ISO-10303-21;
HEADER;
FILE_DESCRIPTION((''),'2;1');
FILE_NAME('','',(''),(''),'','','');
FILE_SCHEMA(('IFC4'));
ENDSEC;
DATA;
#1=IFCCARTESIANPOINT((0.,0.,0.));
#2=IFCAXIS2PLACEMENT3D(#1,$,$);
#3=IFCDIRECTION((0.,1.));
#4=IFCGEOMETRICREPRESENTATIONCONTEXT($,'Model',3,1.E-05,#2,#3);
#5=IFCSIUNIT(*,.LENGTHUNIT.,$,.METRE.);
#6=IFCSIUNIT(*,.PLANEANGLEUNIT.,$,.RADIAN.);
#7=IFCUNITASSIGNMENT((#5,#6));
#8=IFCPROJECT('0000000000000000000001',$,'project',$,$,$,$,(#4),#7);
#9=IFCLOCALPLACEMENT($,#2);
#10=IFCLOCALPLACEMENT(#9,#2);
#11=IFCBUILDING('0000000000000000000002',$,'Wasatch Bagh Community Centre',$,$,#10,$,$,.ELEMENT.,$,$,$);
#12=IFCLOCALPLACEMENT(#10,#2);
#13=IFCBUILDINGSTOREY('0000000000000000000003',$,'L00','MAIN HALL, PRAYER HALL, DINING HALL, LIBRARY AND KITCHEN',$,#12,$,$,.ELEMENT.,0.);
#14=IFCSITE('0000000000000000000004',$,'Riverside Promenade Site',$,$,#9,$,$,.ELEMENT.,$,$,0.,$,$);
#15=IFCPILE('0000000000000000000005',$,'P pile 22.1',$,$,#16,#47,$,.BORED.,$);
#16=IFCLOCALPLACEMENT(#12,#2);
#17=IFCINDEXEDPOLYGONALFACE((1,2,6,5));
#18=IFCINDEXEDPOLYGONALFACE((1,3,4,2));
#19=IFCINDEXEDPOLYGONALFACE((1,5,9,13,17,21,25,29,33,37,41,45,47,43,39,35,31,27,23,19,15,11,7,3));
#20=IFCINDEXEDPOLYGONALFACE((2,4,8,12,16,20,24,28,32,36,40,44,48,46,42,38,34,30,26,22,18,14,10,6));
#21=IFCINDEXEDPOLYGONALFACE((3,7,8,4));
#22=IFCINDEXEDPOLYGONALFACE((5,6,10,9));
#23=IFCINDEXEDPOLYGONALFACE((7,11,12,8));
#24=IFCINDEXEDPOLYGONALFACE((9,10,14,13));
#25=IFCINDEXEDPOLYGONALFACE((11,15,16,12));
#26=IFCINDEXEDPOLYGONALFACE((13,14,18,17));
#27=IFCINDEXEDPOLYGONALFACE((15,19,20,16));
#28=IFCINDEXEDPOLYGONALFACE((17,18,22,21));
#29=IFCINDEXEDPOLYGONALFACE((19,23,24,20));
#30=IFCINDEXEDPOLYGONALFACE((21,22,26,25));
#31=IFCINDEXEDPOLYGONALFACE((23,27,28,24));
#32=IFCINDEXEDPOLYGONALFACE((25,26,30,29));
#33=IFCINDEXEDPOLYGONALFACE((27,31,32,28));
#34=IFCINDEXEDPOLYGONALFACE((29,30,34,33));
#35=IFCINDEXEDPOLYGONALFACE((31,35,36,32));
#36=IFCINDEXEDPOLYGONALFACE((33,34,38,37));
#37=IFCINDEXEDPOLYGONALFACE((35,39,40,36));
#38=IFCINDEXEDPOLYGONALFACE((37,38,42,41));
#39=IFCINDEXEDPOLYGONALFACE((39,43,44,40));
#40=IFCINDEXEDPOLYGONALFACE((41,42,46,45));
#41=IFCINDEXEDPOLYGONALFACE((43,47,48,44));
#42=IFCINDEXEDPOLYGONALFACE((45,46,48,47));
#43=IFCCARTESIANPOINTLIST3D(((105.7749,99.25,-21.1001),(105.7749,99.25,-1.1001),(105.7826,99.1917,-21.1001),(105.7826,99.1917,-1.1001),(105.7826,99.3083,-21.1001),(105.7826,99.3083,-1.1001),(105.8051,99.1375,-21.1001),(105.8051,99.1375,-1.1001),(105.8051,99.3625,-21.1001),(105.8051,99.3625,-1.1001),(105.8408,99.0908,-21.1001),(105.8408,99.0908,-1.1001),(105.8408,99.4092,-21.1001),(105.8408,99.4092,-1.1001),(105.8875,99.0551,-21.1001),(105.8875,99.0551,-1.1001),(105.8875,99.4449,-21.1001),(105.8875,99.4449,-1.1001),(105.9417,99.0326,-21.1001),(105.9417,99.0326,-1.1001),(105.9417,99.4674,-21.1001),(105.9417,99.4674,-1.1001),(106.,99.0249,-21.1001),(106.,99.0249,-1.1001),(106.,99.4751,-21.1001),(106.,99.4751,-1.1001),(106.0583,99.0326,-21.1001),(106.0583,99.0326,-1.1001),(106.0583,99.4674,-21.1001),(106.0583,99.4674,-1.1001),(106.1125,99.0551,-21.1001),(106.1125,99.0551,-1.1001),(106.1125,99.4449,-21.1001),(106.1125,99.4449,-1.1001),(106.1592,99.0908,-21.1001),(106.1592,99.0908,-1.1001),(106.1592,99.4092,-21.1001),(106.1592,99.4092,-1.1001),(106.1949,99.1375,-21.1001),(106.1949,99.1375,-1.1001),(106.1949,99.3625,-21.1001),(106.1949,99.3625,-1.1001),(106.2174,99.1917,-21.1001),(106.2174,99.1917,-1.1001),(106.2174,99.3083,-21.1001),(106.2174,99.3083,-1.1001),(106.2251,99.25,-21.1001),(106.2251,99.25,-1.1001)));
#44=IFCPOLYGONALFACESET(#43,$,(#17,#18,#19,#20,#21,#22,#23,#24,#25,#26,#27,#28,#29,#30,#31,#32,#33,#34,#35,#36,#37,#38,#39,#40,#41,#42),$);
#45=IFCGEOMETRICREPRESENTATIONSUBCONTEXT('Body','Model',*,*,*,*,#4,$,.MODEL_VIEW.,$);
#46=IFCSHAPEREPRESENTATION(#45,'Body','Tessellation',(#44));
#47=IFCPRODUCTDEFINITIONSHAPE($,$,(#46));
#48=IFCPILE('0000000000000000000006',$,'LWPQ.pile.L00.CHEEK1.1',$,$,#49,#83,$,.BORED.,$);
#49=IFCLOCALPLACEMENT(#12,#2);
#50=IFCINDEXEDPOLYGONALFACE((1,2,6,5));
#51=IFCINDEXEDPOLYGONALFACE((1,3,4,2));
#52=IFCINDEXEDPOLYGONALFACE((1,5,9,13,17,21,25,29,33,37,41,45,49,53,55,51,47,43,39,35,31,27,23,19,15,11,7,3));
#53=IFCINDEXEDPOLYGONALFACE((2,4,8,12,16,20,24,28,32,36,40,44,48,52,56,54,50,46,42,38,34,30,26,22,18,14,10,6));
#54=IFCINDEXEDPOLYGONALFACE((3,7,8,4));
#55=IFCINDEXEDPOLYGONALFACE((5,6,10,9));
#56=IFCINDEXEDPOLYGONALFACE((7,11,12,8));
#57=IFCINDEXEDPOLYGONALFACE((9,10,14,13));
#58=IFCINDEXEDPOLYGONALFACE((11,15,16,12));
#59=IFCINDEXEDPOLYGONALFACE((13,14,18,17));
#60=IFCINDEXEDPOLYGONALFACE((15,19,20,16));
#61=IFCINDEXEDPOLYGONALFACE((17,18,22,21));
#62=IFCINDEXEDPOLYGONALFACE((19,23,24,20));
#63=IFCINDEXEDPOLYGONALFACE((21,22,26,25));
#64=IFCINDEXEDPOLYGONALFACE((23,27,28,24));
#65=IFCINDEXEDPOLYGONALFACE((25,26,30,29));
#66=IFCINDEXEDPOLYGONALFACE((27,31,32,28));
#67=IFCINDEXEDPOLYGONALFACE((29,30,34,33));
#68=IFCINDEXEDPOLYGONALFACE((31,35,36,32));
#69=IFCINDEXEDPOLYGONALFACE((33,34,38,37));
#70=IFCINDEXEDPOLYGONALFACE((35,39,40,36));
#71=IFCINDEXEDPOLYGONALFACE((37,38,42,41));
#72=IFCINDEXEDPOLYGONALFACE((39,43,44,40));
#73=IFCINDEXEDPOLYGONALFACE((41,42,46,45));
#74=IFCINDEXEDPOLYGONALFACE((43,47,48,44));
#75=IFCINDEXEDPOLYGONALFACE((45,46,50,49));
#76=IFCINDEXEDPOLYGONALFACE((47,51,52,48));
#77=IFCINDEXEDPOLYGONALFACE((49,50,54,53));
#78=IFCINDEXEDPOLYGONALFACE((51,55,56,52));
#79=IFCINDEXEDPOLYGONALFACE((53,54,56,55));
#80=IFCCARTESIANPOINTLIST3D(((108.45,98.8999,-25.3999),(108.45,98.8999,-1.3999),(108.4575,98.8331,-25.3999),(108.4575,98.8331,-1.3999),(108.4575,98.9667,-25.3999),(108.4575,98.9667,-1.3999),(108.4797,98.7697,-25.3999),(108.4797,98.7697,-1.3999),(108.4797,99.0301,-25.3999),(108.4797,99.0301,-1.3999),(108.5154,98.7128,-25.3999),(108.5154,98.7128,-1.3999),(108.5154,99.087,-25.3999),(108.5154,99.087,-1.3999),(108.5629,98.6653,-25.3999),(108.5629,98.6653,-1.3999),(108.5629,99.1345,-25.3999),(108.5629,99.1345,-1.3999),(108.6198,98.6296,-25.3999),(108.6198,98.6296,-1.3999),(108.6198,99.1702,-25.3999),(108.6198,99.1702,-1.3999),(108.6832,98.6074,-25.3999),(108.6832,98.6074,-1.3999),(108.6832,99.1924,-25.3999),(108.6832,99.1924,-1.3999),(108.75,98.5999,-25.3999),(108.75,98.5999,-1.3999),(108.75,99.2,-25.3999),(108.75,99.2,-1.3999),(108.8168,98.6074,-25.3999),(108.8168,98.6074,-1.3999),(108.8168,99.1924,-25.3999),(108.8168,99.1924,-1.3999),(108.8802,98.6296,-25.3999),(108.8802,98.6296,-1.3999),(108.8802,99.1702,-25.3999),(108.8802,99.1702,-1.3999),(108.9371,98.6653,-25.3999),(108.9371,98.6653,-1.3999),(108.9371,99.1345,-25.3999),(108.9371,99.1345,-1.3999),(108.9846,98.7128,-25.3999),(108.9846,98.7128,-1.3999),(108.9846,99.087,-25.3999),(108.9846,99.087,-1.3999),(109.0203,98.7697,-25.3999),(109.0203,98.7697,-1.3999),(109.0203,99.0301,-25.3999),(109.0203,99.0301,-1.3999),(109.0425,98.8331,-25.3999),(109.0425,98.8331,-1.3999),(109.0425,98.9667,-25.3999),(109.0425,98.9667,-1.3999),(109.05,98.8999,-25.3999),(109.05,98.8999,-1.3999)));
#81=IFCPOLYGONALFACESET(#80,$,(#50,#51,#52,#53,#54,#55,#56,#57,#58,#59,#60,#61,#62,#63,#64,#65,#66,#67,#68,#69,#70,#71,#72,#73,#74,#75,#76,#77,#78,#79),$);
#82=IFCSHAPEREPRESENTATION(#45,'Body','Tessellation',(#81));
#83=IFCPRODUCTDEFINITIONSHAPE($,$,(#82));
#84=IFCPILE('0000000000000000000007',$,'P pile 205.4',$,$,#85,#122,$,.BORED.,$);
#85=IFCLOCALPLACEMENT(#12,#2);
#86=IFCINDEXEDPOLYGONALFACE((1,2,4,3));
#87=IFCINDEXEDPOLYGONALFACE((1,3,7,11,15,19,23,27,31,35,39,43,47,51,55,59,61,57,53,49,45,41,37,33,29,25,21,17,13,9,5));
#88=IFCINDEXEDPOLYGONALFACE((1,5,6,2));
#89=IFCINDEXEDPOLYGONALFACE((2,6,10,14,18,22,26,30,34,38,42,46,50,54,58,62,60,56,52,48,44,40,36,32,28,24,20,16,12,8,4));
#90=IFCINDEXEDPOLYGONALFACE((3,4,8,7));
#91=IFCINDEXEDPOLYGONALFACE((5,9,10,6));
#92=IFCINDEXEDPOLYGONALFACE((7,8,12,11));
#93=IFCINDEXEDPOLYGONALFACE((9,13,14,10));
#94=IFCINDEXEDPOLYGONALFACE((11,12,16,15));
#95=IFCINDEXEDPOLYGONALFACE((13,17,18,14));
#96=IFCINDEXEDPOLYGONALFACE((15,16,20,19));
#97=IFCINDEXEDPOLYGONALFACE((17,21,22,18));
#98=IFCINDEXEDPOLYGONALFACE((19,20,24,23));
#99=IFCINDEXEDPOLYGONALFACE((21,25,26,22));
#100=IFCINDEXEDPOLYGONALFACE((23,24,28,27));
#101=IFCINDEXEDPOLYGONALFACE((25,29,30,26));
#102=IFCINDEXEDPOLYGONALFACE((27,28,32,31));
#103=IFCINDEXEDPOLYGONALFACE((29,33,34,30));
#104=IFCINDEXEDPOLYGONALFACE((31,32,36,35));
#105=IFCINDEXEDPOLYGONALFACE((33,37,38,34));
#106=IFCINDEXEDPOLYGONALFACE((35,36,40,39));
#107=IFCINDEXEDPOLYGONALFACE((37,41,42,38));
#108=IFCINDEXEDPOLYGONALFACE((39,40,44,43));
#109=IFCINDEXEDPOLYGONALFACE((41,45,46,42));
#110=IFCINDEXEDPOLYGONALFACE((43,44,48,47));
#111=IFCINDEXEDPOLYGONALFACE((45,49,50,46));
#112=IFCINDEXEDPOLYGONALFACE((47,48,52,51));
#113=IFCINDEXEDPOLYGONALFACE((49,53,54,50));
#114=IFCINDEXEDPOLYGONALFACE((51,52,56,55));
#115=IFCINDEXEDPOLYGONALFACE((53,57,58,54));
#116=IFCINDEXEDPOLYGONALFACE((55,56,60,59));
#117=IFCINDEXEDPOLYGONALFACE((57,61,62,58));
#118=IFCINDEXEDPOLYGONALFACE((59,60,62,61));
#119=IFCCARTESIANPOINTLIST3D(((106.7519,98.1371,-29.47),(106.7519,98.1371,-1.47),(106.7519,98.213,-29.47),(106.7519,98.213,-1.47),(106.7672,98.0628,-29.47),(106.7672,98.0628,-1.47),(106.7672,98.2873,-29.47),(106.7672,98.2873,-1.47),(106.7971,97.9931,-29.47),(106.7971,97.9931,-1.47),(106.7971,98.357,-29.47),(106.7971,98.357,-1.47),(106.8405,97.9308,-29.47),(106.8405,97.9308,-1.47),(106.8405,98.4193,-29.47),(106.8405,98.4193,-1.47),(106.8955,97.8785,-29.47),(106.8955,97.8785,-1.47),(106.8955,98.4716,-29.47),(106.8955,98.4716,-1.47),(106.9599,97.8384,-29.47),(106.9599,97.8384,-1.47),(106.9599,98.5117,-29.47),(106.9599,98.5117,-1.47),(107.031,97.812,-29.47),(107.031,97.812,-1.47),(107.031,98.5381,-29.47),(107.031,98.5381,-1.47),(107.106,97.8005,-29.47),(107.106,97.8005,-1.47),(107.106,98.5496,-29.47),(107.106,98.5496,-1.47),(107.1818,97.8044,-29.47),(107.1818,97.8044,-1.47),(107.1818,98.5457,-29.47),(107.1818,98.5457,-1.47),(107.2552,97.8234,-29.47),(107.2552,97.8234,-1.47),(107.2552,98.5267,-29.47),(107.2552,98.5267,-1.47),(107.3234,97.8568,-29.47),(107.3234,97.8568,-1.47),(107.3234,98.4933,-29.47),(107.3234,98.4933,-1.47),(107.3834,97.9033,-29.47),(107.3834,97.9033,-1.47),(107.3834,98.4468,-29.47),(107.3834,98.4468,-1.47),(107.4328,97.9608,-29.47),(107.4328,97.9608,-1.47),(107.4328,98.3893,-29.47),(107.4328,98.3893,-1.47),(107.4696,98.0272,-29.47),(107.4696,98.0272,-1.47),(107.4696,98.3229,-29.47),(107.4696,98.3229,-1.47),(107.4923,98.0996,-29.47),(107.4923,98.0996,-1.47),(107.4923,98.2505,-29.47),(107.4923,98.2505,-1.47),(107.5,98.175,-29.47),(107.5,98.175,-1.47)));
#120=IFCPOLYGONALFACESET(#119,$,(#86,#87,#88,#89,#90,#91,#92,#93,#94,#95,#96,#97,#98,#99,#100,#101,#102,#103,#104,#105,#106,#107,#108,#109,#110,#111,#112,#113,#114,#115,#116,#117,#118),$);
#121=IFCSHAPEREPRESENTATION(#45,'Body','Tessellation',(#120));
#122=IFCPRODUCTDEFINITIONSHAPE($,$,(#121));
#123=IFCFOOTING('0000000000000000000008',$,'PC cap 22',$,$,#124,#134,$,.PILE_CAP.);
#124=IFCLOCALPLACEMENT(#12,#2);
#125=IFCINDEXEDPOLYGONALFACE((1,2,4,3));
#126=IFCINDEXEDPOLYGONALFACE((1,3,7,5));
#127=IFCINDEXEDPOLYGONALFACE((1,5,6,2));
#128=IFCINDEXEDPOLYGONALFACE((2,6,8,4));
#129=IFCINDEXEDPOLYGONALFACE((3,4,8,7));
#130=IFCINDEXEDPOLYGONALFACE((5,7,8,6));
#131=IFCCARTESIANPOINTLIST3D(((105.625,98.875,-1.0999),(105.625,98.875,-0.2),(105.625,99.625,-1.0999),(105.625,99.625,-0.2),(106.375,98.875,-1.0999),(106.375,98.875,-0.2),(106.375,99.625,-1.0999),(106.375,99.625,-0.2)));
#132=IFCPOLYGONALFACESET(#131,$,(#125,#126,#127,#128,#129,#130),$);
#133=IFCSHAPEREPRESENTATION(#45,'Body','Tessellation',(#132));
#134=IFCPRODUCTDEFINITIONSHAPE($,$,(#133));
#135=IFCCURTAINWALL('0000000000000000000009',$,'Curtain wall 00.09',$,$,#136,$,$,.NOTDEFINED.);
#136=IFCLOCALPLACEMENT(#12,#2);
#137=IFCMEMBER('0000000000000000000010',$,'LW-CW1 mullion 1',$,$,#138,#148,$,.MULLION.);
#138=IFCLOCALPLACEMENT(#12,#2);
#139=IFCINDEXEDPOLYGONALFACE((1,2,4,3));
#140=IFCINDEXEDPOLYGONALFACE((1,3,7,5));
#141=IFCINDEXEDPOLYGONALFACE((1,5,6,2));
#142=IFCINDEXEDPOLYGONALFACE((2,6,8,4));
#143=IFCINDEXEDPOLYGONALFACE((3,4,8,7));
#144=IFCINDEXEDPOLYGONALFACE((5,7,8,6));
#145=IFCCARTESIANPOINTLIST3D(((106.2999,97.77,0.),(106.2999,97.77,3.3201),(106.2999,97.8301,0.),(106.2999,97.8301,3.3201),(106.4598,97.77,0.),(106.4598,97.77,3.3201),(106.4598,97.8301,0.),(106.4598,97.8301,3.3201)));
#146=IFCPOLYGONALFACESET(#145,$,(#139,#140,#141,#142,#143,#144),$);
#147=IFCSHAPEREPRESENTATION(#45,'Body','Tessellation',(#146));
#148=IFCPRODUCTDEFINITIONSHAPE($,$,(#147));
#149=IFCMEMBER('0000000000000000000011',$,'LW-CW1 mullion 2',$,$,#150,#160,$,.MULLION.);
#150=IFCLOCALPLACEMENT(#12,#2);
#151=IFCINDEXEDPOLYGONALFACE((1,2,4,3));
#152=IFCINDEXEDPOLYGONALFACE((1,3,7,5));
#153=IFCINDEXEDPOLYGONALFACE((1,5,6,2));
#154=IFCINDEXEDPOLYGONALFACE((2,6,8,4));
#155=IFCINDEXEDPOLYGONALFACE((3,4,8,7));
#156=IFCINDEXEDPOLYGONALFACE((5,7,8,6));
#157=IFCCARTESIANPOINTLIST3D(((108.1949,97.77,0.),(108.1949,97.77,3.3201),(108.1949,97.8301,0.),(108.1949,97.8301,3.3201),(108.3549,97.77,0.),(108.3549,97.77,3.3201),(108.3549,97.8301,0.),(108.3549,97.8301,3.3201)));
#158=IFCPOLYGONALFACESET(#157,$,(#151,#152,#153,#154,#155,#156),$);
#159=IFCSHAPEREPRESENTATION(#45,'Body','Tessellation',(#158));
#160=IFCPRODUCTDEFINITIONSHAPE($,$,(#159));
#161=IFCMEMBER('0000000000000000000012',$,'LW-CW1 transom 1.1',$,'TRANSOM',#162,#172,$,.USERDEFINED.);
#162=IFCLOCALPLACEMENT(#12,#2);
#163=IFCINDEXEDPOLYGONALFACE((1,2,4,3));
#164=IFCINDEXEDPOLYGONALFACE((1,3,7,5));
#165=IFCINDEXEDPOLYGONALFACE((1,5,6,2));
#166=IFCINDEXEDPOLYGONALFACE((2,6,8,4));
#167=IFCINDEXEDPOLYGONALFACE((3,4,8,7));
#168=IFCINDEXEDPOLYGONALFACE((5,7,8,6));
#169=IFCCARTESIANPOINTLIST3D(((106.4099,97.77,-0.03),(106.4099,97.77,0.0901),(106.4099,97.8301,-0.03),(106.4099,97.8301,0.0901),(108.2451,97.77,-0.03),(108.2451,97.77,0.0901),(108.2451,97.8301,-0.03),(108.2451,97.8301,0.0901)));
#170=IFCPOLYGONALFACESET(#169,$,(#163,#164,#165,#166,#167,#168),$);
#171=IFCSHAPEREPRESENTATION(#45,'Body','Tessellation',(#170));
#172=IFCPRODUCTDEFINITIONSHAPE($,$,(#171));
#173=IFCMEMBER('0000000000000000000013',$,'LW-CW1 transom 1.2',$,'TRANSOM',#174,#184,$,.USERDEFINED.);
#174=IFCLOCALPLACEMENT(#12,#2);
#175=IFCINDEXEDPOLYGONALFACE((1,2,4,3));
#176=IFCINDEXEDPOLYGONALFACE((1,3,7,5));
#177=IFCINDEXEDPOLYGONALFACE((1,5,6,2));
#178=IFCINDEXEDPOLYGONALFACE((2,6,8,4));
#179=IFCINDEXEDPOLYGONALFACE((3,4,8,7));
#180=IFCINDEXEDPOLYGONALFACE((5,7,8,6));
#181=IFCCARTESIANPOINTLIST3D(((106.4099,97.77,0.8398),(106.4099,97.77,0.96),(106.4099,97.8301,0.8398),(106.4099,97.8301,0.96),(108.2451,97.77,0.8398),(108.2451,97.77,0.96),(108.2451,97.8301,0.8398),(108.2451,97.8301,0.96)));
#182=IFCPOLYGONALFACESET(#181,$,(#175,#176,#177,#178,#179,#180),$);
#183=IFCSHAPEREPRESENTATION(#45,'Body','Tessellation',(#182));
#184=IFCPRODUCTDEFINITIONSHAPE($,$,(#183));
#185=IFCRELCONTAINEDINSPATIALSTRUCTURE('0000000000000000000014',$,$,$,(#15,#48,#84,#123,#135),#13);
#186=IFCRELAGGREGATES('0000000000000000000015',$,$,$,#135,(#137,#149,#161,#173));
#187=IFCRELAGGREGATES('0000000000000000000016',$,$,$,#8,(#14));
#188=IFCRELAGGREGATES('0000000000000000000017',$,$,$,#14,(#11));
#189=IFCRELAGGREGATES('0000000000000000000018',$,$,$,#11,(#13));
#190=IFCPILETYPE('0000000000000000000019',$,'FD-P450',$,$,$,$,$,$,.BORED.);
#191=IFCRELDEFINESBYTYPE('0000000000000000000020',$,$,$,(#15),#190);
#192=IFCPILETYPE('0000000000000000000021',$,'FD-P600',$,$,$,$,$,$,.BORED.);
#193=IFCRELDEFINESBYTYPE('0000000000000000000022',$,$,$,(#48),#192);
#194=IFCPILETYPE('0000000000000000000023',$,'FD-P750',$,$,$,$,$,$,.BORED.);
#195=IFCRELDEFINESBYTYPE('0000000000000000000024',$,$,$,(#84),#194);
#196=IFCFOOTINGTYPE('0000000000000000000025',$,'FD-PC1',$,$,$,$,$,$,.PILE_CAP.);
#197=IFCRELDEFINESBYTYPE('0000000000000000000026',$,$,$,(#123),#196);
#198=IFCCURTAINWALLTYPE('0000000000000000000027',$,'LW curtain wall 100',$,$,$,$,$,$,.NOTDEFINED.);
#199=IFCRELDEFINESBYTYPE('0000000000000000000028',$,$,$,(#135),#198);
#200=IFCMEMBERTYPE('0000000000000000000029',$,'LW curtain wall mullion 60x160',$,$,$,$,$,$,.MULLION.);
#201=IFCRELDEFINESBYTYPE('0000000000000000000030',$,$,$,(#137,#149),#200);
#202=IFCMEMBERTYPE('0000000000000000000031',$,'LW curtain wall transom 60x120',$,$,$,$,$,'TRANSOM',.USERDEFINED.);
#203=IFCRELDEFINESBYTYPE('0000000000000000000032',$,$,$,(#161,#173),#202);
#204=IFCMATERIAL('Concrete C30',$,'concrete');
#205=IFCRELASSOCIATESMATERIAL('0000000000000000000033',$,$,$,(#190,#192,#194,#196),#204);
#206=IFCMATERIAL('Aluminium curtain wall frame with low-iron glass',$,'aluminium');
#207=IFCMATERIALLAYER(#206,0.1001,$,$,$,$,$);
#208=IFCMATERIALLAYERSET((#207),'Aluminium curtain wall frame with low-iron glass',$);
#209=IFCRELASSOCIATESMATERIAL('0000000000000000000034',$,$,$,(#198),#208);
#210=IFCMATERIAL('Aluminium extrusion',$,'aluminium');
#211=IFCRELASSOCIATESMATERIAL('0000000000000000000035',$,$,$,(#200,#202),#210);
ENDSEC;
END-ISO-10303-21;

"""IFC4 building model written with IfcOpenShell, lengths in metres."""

from ifc_helpers import new_model, si_unit, direction, frame, origin, origin_2d, place, context, subcontext, project, spatial, rectangle, circle, extrude, material, layer, layer_set, material_profile, profile_set, type_object, element, aggregate, save


model = new_model("IFC4")

# Units and contexts
model_context = context("Model", 3, precision=1e-05, world=origin(), true_north=direction((0.0, 1.0)))
body_context = subcontext(model_context, "Body", "Model", "MODEL_VIEW")
ifc_project = project(units=[si_unit("LENGTHUNIT", "METRE"), si_unit("PLANEANGLEUNIT", "RADIAN")], contexts=[model_context])

# Site, building, storey
site_placement = place(None, origin())
site = spatial("IfcSite", under=ifc_project, at=site_placement, Name="Riverside Promenade Site", CompositionType="ELEMENT", RefElevation=0.0)
building_placement = place(site_placement, origin())
building = spatial("IfcBuilding", under=site, at=building_placement, Name="Wasatch Bagh Community Centre", CompositionType="ELEMENT")
storey_placement = place(building_placement, origin())
storey = spatial("IfcBuildingStorey", under=building, at=storey_placement, Name="L00", Description="MAIN HALL, PRAYER HALL, DINING HALL, LIBRARY AND KITCHEN", CompositionType="ELEMENT", Elevation=0.0)

# Piles
ifc_material_1 = material(Name="Concrete C30", Category="concrete")
ifc_material_profile_1 = material_profile(ifc_material_1, circle(Radius=0.2251, at=origin_2d()), Name="RC D450")
ifc_profile_set_1 = profile_set([ifc_material_profile_1], Name="Concrete C30")
pile_type_1 = type_object("IfcPileType", Name="FD-P450", PredefinedType="BORED", material=ifc_profile_set_1)
pile_1_placement = place(storey_placement, frame((106.0, 99.25, -1.1001), z_axis=(0.0, 0.0, -1.0), x_axis=(1.0, 0.0, 0.0)))
element("IfcPile", 1, at=pile_1_placement, inside=storey, type_object=pile_type_1, Name="P pile 22.1", PredefinedType="BORED", context=body_context, shape_type="SweptSolid", body=[
    extrude(circle(Radius=0.2251, at=origin_2d()), origin(), (0.0, 0.0, 1.0), 20.0),
])
ifc_material_profile_2 = material_profile(ifc_material_1, circle(Radius=0.3, at=origin_2d()), Name="RC D600")
ifc_profile_set_2 = profile_set([ifc_material_profile_2], Name="Concrete C30")
pile_type_2 = type_object("IfcPileType", Name="FD-P600", PredefinedType="BORED", material=ifc_profile_set_2)
pile_2_placement = place(storey_placement, frame((108.75, 98.8999, -1.3999), z_axis=(0.0, 0.0, -1.0), x_axis=(1.0, 0.0, 0.0)))
element("IfcPile", 2, at=pile_2_placement, inside=storey, type_object=pile_type_2, Name="LWPQ.pile.L00.CHEEK1.1", PredefinedType="BORED", context=body_context, shape_type="SweptSolid", body=[
    extrude(circle(Radius=0.3, at=origin_2d()), origin(), (0.0, 0.0, 1.0), 24.0),
])
ifc_material_profile_3 = material_profile(ifc_material_1, circle(Radius=0.375, at=origin_2d()), Name="RC D750")
ifc_profile_set_3 = profile_set([ifc_material_profile_3], Name="Concrete C30")
pile_type_3 = type_object("IfcPileType", Name="FD-P750", PredefinedType="BORED", material=ifc_profile_set_3)
pile_3_placement = place(storey_placement, frame((107.125, 98.175, -1.47), z_axis=(0.0, 0.0, -1.0), x_axis=(1.0, 0.0, 0.0)))
element("IfcPile", 3, at=pile_3_placement, inside=storey, type_object=pile_type_3, Name="P pile 205.4", PredefinedType="BORED", context=body_context, shape_type="SweptSolid", body=[
    extrude(circle(Radius=0.375, at=origin_2d()), origin(), (0.0, 0.0, 1.0), 28.0),
])

# Footing
footing_type = type_object("IfcFootingType", Name="FD-PC1", PredefinedType="PILE_CAP", material=ifc_material_1)
footing_placement = place(storey_placement, frame((106.0, 99.25, -1.0999), z_axis=(0.0, 0.0, 1.0), x_axis=(1.0, 0.0, 0.0)))
element("IfcFooting", 4, at=footing_placement, inside=storey, type_object=footing_type, Name="PC cap 22", PredefinedType="PILE_CAP", context=body_context, shape_type="SweptSolid", body=[
    extrude(rectangle(XDim=0.75, YDim=0.75, at=origin_2d()), origin(), (0.0, 0.0, 1.0), 0.8999),
])

# Curtain wall, members
ifc_material_2 = material(Name="Aluminium curtain wall frame with low-iron glass", Category="aluminium")
ifc_layer_1 = layer(ifc_material_2, 0.1001)
ifc_layer_set_1 = layer_set([ifc_layer_1], Name="Aluminium curtain wall frame with low-iron glass")
curtain_wall_type = type_object("IfcCurtainWallType", Name="LW curtain wall 100", PredefinedType="NOTDEFINED", material=ifc_layer_set_1)
curtain_wall_placement = place(storey_placement, origin())
curtain_wall = element("IfcCurtainWall", 5, at=curtain_wall_placement, inside=storey, type_object=curtain_wall_type, Name="Curtain wall 00.09", PredefinedType="NOTDEFINED")
ifc_material_3 = material(Name="Aluminium extrusion", Category="aluminium")
ifc_material_profile_4 = material_profile(ifc_material_3, rectangle(XDim=0.0601, YDim=0.1599, at=origin_2d()), Name="AL 60x160")
ifc_profile_set_4 = profile_set([ifc_material_profile_4], Name="Aluminium extrusion")
member_type_1 = type_object("IfcMemberType", Name="LW curtain wall mullion 60x160", PredefinedType="MULLION", material=ifc_profile_set_4)
member_1_placement = place(storey_placement, frame((106.3799, 97.8, 0.0), z_axis=(0.0, 0.0, 1.0), x_axis=(0.0, 1.0, 0.0)))
member_1 = element("IfcMember", 6, at=member_1_placement, type_object=member_type_1, Name="LW-CW1 mullion 1", PredefinedType="MULLION", context=body_context, shape_type="SweptSolid", body=[
    extrude(rectangle(XDim=0.0601, YDim=0.1599, at=origin_2d()), origin(), (0.0, 0.0, 1.0), 3.3201),
])
member_2_placement = place(storey_placement, frame((108.2749, 97.8, 0.0), z_axis=(0.0, 0.0, 1.0), x_axis=(0.0, 1.0, 0.0)))
member_2 = element("IfcMember", 7, at=member_2_placement, type_object=member_type_1, Name="LW-CW1 mullion 2", PredefinedType="MULLION", context=body_context, shape_type="SweptSolid", body=[
    extrude(rectangle(XDim=0.0601, YDim=0.1599, at=origin_2d()), origin(), (0.0, 0.0, 1.0), 3.3201),
])
ifc_material_profile_5 = material_profile(ifc_material_3, rectangle(XDim=0.0601, YDim=0.1201, at=origin_2d()), Name="AL 60x120")
ifc_profile_set_5 = profile_set([ifc_material_profile_5], Name="Aluminium extrusion")
member_type_2 = type_object("IfcMemberType", Name="LW curtain wall transom 60x120", ElementType="TRANSOM", PredefinedType="USERDEFINED", material=ifc_profile_set_5)
member_3_placement = place(storey_placement, frame((106.4099, 97.8, 0.03), z_axis=(1.0, 0.0, 0.0), x_axis=(0.0, 1.0, 0.0)))
member_3 = element("IfcMember", 8, at=member_3_placement, type_object=member_type_2, Name="LW-CW1 transom 1.1", ObjectType="TRANSOM", PredefinedType="USERDEFINED", context=body_context, shape_type="SweptSolid", body=[
    extrude(rectangle(XDim=0.0601, YDim=0.1201, at=origin_2d()), origin(), (0.0, 0.0, 1.0), 1.8352),
])
member_4_placement = place(storey_placement, frame((106.4099, 97.8, 0.8999), z_axis=(1.0, 0.0, 0.0), x_axis=(0.0, 1.0, 0.0)))
member_4 = element("IfcMember", 9, at=member_4_placement, type_object=member_type_2, Name="LW-CW1 transom 1.2", ObjectType="TRANSOM", PredefinedType="USERDEFINED", context=body_context, shape_type="SweptSolid", body=[
    extrude(rectangle(XDim=0.0601, YDim=0.1201, at=origin_2d()), origin(), (0.0, 0.0, 1.0), 1.8352),
])
aggregate(curtain_wall, [member_1, member_2, member_3, member_4])

save(model, "model.ifc")
